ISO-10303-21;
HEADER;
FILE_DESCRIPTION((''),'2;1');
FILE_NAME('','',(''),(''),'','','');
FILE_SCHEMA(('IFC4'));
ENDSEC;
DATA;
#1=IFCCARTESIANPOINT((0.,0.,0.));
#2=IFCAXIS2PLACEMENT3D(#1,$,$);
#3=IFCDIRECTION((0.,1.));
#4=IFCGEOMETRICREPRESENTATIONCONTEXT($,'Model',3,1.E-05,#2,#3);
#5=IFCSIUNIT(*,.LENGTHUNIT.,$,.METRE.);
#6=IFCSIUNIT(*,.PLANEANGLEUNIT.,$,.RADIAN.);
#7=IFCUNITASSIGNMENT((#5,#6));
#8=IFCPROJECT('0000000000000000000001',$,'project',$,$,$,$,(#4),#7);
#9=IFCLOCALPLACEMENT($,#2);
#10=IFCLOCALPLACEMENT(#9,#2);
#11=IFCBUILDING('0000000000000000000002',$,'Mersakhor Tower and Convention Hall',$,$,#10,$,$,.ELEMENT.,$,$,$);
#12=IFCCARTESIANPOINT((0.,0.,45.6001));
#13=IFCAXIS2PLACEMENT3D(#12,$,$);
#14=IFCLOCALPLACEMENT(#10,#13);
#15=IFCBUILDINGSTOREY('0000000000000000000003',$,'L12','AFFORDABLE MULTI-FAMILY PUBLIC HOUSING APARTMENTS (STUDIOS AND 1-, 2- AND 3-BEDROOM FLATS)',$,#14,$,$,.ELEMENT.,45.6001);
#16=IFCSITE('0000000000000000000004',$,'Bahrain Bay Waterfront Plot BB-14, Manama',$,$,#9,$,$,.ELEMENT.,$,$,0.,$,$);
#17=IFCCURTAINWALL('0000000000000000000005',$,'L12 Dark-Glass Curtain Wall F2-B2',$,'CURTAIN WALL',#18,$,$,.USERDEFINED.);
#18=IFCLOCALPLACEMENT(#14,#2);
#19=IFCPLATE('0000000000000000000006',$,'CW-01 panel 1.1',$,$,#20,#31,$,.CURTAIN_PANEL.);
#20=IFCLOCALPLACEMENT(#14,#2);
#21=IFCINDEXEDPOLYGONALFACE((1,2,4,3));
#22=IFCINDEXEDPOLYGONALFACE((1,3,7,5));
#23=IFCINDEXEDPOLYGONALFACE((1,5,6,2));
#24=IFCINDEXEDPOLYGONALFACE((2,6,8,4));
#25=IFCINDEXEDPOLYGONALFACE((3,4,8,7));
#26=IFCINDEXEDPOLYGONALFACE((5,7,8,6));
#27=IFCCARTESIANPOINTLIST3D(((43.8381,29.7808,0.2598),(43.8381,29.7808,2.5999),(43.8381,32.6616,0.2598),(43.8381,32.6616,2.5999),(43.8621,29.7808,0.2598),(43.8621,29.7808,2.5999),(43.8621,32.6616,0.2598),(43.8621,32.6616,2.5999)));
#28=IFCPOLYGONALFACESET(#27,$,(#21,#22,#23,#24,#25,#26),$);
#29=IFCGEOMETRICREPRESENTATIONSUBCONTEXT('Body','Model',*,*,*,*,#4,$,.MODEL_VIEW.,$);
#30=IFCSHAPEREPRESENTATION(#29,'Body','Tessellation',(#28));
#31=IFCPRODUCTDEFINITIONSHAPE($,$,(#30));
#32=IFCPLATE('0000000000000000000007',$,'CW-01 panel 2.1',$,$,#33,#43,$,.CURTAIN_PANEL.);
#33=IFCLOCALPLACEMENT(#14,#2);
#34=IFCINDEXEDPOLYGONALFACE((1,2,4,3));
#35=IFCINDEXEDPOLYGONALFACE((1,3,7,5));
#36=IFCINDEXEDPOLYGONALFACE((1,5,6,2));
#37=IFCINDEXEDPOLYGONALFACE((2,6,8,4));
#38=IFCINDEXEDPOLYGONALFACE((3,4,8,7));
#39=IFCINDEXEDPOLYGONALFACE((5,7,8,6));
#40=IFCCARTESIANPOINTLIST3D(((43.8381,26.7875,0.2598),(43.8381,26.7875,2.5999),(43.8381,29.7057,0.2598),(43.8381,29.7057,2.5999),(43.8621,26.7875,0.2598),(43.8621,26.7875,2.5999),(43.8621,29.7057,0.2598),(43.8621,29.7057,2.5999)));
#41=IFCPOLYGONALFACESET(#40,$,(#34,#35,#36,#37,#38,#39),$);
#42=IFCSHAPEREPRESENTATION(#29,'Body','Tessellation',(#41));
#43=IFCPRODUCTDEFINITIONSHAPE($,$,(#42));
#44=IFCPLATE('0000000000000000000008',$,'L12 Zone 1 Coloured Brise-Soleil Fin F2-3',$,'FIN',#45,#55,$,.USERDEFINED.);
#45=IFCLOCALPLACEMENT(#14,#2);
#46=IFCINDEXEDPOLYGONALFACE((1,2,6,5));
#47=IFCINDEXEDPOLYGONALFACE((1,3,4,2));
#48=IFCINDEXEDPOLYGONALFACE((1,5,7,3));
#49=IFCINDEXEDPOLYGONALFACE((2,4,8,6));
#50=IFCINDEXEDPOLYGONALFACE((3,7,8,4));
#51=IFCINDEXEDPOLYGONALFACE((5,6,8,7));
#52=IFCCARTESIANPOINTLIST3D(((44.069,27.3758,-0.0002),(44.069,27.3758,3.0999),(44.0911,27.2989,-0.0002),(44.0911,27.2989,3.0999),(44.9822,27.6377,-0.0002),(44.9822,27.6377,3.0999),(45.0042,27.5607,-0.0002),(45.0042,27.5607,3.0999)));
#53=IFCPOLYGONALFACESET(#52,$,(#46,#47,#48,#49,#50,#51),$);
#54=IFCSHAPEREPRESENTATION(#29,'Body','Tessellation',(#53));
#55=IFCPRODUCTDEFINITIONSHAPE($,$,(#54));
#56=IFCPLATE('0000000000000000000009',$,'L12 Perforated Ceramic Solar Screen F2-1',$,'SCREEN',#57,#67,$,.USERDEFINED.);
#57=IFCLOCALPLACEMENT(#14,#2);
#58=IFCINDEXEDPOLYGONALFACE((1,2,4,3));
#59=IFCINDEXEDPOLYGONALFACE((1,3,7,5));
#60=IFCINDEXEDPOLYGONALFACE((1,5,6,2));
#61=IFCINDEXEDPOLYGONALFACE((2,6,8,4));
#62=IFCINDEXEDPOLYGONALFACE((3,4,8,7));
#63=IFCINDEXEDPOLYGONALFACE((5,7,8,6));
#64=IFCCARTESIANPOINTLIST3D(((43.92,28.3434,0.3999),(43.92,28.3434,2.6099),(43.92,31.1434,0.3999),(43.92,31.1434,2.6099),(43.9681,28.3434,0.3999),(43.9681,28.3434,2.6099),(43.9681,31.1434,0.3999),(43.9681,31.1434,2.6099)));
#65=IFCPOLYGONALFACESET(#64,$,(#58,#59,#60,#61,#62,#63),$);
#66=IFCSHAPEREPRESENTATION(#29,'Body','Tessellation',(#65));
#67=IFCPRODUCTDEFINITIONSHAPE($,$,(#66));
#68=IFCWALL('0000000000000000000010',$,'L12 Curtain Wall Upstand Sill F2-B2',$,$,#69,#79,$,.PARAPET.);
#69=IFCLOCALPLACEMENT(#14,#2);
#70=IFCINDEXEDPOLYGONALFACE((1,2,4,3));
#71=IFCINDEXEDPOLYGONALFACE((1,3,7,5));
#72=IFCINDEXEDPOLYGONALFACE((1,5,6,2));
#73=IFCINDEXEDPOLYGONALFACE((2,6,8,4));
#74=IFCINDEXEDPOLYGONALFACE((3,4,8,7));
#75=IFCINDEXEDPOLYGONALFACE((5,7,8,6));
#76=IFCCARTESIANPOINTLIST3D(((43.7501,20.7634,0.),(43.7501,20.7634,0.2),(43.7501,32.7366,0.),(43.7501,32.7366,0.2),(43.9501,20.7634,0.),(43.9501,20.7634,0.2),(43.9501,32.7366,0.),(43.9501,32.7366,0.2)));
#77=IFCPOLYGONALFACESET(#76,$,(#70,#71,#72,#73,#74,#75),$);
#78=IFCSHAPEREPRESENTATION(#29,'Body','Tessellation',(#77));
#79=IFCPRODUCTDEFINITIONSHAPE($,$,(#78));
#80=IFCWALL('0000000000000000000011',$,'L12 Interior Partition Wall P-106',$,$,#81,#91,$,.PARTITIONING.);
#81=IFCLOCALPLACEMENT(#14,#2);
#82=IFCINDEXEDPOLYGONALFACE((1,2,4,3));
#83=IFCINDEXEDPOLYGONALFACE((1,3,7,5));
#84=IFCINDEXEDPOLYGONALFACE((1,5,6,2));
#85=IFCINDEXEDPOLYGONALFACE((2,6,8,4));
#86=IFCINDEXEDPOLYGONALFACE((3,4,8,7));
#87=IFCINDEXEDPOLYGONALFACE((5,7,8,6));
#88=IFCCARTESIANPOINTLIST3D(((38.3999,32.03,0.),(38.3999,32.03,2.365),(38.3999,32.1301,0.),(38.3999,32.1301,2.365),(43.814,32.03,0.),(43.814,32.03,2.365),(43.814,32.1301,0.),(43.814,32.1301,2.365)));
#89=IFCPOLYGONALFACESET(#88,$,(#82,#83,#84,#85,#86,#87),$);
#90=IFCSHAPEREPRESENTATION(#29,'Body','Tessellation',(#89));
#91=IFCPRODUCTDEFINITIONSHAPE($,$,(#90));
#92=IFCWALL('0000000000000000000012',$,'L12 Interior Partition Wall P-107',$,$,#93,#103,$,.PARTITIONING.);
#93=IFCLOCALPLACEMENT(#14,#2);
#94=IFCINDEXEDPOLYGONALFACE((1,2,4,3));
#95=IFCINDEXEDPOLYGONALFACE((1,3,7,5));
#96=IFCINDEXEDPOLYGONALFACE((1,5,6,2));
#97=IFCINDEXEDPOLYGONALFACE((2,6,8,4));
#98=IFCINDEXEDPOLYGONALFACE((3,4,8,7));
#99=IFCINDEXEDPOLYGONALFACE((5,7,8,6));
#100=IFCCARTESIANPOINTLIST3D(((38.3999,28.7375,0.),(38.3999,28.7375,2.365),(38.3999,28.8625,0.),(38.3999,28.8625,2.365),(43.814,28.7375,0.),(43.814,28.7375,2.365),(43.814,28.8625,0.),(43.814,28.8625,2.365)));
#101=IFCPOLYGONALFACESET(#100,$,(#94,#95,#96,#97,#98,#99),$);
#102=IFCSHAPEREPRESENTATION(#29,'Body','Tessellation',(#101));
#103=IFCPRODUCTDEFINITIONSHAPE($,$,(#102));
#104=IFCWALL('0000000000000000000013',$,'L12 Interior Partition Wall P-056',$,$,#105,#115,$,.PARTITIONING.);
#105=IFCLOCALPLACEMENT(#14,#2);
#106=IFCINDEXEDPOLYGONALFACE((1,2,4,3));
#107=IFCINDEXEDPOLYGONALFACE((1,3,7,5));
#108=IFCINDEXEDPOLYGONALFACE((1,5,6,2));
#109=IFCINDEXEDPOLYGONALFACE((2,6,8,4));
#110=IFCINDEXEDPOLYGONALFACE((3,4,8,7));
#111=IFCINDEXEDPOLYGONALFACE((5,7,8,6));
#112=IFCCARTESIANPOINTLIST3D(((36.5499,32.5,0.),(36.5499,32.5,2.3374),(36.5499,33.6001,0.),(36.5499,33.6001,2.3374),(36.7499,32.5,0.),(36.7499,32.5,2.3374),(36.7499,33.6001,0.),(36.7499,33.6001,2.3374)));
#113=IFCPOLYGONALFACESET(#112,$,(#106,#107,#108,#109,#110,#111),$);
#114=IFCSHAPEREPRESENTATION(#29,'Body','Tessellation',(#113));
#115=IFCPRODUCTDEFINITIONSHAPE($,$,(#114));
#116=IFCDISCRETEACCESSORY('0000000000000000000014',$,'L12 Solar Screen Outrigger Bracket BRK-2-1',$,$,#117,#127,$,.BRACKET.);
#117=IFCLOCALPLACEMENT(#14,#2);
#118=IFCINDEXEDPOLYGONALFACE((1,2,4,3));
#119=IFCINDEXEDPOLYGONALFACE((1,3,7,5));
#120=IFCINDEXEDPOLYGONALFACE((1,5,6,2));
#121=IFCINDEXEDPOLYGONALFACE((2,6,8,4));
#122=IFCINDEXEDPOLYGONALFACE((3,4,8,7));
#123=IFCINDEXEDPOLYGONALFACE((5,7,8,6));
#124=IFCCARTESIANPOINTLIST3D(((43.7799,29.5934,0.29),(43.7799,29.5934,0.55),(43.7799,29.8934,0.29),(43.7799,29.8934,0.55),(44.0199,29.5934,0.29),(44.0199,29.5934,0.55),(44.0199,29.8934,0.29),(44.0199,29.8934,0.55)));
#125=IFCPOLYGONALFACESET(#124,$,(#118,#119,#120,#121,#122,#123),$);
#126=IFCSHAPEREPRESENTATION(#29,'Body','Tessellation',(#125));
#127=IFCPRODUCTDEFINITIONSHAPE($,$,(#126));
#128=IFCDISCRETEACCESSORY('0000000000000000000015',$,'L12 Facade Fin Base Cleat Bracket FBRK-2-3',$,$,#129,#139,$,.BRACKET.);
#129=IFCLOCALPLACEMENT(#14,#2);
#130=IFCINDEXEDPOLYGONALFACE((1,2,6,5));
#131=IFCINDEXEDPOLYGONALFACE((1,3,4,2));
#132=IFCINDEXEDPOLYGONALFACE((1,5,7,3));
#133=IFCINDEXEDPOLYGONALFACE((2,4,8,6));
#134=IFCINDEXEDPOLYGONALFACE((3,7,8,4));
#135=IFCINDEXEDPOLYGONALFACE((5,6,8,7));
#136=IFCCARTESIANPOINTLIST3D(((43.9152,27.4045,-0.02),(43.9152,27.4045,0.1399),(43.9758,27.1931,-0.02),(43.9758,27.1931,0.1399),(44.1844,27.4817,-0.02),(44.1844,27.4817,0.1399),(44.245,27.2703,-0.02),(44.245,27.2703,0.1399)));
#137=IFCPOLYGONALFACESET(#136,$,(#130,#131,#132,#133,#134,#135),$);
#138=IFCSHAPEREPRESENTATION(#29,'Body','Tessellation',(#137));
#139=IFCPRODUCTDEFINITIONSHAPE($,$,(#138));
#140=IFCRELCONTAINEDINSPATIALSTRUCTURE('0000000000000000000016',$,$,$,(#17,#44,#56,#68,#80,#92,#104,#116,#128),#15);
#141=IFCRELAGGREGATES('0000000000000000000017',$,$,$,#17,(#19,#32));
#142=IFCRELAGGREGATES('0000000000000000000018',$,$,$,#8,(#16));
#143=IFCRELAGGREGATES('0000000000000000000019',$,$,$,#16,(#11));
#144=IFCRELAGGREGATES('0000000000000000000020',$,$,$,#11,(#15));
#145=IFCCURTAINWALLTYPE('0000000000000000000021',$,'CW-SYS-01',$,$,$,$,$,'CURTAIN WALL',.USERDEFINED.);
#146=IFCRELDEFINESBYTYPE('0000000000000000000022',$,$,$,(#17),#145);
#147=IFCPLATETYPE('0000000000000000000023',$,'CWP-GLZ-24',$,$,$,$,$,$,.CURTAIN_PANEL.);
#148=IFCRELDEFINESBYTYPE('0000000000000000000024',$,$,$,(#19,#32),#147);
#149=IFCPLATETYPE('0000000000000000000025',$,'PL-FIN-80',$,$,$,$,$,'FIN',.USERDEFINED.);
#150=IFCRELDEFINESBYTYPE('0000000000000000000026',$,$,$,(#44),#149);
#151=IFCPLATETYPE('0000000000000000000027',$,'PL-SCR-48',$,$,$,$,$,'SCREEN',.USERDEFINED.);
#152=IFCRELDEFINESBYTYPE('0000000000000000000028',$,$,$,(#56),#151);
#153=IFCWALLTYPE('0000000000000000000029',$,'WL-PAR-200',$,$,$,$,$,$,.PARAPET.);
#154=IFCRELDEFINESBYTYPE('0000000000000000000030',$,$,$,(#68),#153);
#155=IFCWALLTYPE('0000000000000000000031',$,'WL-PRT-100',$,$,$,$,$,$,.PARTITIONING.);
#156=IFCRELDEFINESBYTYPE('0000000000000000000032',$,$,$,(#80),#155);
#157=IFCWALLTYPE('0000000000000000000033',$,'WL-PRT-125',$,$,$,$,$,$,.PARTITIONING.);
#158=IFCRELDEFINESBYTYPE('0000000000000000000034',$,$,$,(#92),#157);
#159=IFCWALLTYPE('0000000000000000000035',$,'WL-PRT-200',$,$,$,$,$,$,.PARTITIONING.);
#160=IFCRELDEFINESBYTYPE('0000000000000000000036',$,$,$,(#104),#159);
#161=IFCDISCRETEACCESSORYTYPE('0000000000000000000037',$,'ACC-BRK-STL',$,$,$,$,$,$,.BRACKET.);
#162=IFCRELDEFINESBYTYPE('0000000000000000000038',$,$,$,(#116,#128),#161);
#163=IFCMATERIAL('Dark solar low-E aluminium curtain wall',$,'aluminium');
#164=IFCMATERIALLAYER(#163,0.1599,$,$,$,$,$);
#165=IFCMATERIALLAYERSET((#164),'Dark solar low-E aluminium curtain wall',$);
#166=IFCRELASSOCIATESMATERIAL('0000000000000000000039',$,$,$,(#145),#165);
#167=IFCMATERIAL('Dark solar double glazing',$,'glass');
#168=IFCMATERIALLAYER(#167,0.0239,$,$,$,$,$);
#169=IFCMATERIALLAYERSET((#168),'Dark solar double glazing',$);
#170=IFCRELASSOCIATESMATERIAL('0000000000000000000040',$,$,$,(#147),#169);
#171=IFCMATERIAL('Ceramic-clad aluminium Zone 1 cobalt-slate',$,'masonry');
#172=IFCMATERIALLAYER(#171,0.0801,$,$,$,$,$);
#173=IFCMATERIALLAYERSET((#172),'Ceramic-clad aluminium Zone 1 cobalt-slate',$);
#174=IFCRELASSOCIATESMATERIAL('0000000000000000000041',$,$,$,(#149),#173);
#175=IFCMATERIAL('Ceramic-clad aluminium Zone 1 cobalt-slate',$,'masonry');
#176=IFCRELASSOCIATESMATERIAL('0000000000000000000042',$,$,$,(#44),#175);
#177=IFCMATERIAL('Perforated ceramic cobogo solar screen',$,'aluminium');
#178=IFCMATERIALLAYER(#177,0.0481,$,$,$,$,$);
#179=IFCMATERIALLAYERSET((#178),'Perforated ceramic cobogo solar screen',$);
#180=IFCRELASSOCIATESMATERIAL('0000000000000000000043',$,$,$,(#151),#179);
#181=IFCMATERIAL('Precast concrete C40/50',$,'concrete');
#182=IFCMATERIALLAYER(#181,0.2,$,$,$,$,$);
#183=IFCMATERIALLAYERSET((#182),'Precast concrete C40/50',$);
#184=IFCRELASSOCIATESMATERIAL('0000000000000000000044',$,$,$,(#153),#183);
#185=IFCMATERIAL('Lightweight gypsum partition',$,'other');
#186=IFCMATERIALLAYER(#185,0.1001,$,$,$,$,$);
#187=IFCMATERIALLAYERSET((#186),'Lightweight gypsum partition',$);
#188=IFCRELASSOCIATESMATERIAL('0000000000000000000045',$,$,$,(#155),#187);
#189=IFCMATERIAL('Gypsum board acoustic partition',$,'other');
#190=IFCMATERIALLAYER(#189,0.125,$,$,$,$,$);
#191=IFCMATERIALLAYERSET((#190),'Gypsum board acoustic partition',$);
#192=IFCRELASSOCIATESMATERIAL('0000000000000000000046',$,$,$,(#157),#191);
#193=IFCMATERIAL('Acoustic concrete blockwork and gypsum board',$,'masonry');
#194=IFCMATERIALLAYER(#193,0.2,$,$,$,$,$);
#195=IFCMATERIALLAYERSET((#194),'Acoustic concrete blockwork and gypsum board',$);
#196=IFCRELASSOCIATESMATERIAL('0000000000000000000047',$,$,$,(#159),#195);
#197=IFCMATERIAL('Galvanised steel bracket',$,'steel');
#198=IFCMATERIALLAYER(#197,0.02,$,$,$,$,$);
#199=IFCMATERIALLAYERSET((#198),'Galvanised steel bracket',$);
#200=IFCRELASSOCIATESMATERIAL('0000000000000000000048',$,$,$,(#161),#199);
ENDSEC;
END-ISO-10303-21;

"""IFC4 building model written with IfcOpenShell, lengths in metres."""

from ifc_helpers import new_model, si_unit, direction, frame, frame_2d, origin, origin_2d, place, context, subcontext, project, spatial, rectangle, extrude, material, layer, layer_set, type_object, element, aggregate, save


model = new_model("IFC4")

# Units and contexts
model_context = context("Model", 3, precision=1e-05, world=origin(), true_north=direction((0.0, 1.0)))
body_context = subcontext(model_context, "Body", "Model", "MODEL_VIEW")
ifc_project = project(units=[si_unit("LENGTHUNIT", "METRE"), si_unit("PLANEANGLEUNIT", "RADIAN")], contexts=[model_context])

# Site, building, storey
site_placement = place(None, origin())
site = spatial("IfcSite", under=ifc_project, at=site_placement, Name="Bahrain Bay Waterfront Plot BB-14, Manama", CompositionType="ELEMENT", RefElevation=0.0)
building_placement = place(site_placement, origin())
building = spatial("IfcBuilding", under=site, at=building_placement, Name="Mersakhor Tower and Convention Hall", CompositionType="ELEMENT")
storey_placement = place(building_placement, frame((0.0, 0.0, 45.6001)))
storey = spatial("IfcBuildingStorey", under=building, at=storey_placement, Name="L12", Description="AFFORDABLE MULTI-FAMILY PUBLIC HOUSING APARTMENTS (STUDIOS AND 1-, 2- AND 3-BEDROOM FLATS)", CompositionType="ELEMENT", Elevation=45.6001)

# Curtain wall, plates
ifc_material_1 = material(Name="Dark solar low-E aluminium curtain wall", Category="aluminium")
ifc_layer_1 = layer(ifc_material_1, 0.1599)
ifc_layer_set_1 = layer_set([ifc_layer_1], Name="Dark solar low-E aluminium curtain wall")
curtain_wall_type = type_object("IfcCurtainWallType", Name="CW-SYS-01", ElementType="CURTAIN WALL", PredefinedType="USERDEFINED", material=ifc_layer_set_1)
curtain_wall_placement = place(storey_placement, origin())
curtain_wall = element("IfcCurtainWall", 1, at=curtain_wall_placement, inside=storey, type_object=curtain_wall_type, Name="L12 Dark-Glass Curtain Wall F2-B2", ObjectType="CURTAIN WALL", PredefinedType="USERDEFINED")
ifc_material_2 = material(Name="Dark solar double glazing", Category="glass")
ifc_layer_2 = layer(ifc_material_2, 0.0239)
ifc_layer_set_2 = layer_set([ifc_layer_2], Name="Dark solar double glazing")
plate_type_1 = type_object("IfcPlateType", Name="CWP-GLZ-24", PredefinedType="CURTAIN_PANEL", material=ifc_layer_set_2)
plate_1_placement = place(storey_placement, frame((43.8501, 31.2212, 0.2598), z_axis=(0.0, 0.0, 1.0), x_axis=(0.0, -1.0, 0.0)))
plate_1 = element("IfcPlate", 2, at=plate_1_placement, type_object=plate_type_1, Name="CW-01 panel 1.1", PredefinedType="CURTAIN_PANEL", context=body_context, shape_type="SweptSolid", body=[
    extrude(rectangle(XDim=2.8809, YDim=0.0239, at=origin_2d()), origin(), (0.0, 0.0, 1.0), 2.3401),
])
plate_2_placement = place(storey_placement, frame((43.8501, 28.2466, 0.2598), z_axis=(0.0, 0.0, 1.0), x_axis=(0.0, -1.0, 0.0)))
plate_2 = element("IfcPlate", 3, at=plate_2_placement, type_object=plate_type_1, Name="CW-01 panel 2.1", PredefinedType="CURTAIN_PANEL", context=body_context, shape_type="SweptSolid", body=[
    extrude(rectangle(XDim=2.9182, YDim=0.0239, at=origin_2d()), origin(), (0.0, 0.0, 1.0), 2.3401),
])
aggregate(curtain_wall, [plate_1, plate_2])

# Plates
ifc_material_3 = material(Name="Ceramic-clad aluminium Zone 1 cobalt-slate", Category="masonry")
ifc_material_4 = material(Name="Ceramic-clad aluminium Zone 1 cobalt-slate", Category="masonry")
ifc_layer_3 = layer(ifc_material_4, 0.0801)
ifc_layer_set_3 = layer_set([ifc_layer_3], Name="Ceramic-clad aluminium Zone 1 cobalt-slate")
plate_type_2 = type_object("IfcPlateType", Name="PL-FIN-80", ElementType="FIN", PredefinedType="USERDEFINED", material=ifc_layer_set_3)
plate_3_placement = place(storey_placement, frame((44.5366, 27.4683, -0.0002), z_axis=(0.0, 0.0, 1.0), x_axis=(0.961262, 0.275637, 0.0)))
element("IfcPlate", 4, at=plate_3_placement, inside=storey, type_object=plate_type_2, material=ifc_material_3, Name="L12 Zone 1 Coloured Brise-Soleil Fin F2-3", ObjectType="FIN", PredefinedType="USERDEFINED", context=body_context, shape_type="SweptSolid", body=[
    extrude(rectangle(XDim=0.95, YDim=0.0801, at=origin_2d()), origin(), (0.0, 0.0, 1.0), 3.1001),
])
ifc_material_5 = material(Name="Perforated ceramic cobogo solar screen", Category="aluminium")
ifc_layer_4 = layer(ifc_material_5, 0.0481)
ifc_layer_set_4 = layer_set([ifc_layer_4], Name="Perforated ceramic cobogo solar screen")
plate_type_3 = type_object("IfcPlateType", Name="PL-SCR-48", ElementType="SCREEN", PredefinedType="USERDEFINED", material=ifc_layer_set_4)
plate_4_placement = place(storey_placement, frame((43.9441, 29.7434, 0.3999), z_axis=(0.0, 0.0, 1.0), x_axis=(0.0, -1.0, 0.0)))
element("IfcPlate", 5, at=plate_4_placement, inside=storey, type_object=plate_type_3, Name="L12 Perforated Ceramic Solar Screen F2-1", ObjectType="SCREEN", PredefinedType="USERDEFINED", context=body_context, shape_type="SweptSolid", body=[
    extrude(rectangle(XDim=2.8, YDim=0.0481, at=origin_2d()), origin(), (0.0, 0.0, 1.0), 2.21),
])

# Walls
ifc_material_6 = material(Name="Precast concrete C40/50", Category="concrete")
ifc_layer_5 = layer(ifc_material_6, 0.2)
ifc_layer_set_5 = layer_set([ifc_layer_5], Name="Precast concrete C40/50")
wall_type_1 = type_object("IfcWallType", Name="WL-PAR-200", PredefinedType="PARAPET", material=ifc_layer_set_5)
wall_1_placement = place(storey_placement, frame((43.8501, 32.7366, 0.0), z_axis=(0.0, 0.0, 1.0), x_axis=(0.0, -1.0, 0.0)))
element("IfcWall", 6, at=wall_1_placement, inside=storey, type_object=wall_type_1, Name="L12 Curtain Wall Upstand Sill F2-B2", PredefinedType="PARAPET", context=body_context, shape_type="SweptSolid", body=[
    extrude(rectangle(XDim=11.9731, YDim=0.2, at=frame_2d((5.9866, 0.0))), origin(), (0.0, 0.0, 1.0), 0.2),
])
ifc_material_7 = material(Name="Lightweight gypsum partition", Category="other")
ifc_layer_6 = layer(ifc_material_7, 0.1001)
ifc_layer_set_6 = layer_set([ifc_layer_6], Name="Lightweight gypsum partition")
wall_type_2 = type_object("IfcWallType", Name="WL-PRT-100", PredefinedType="PARTITIONING", material=ifc_layer_set_6)
wall_2_placement = place(storey_placement, frame((38.3999, 32.0801, 0.0), z_axis=(0.0, 0.0, 1.0), x_axis=(1.0, 0.0, 0.0)))
element("IfcWall", 7, at=wall_2_placement, inside=storey, type_object=wall_type_2, Name="L12 Interior Partition Wall P-106", PredefinedType="PARTITIONING", context=body_context, shape_type="SweptSolid", body=[
    extrude(rectangle(XDim=5.4141, YDim=0.1001, at=frame_2d((2.707, 0.0))), origin(), (0.0, 0.0, 1.0), 2.365),
])
ifc_material_8 = material(Name="Gypsum board acoustic partition", Category="other")
ifc_layer_7 = layer(ifc_material_8, 0.125)
ifc_layer_set_7 = layer_set([ifc_layer_7], Name="Gypsum board acoustic partition")
wall_type_3 = type_object("IfcWallType", Name="WL-PRT-125", PredefinedType="PARTITIONING", material=ifc_layer_set_7)
wall_3_placement = place(storey_placement, frame((43.814, 28.8, 0.0), z_axis=(0.0, 0.0, 1.0), x_axis=(-1.0, 0.0, 0.0)))
element("IfcWall", 8, at=wall_3_placement, inside=storey, type_object=wall_type_3, Name="L12 Interior Partition Wall P-107", PredefinedType="PARTITIONING", context=body_context, shape_type="SweptSolid", body=[
    extrude(rectangle(XDim=5.4141, YDim=0.125, at=frame_2d((2.707, 0.0))), origin(), (0.0, 0.0, 1.0), 2.365),
])
ifc_material_9 = material(Name="Acoustic concrete blockwork and gypsum board", Category="masonry")
ifc_layer_8 = layer(ifc_material_9, 0.2)
ifc_layer_set_8 = layer_set([ifc_layer_8], Name="Acoustic concrete blockwork and gypsum board")
wall_type_4 = type_object("IfcWallType", Name="WL-PRT-200", PredefinedType="PARTITIONING", material=ifc_layer_set_8)
wall_4_placement = place(storey_placement, frame((36.6499, 32.5, 0.0), z_axis=(0.0, 0.0, 1.0), x_axis=(0.0, 1.0, 0.0)))
element("IfcWall", 9, at=wall_4_placement, inside=storey, type_object=wall_type_4, Name="L12 Interior Partition Wall P-056", PredefinedType="PARTITIONING", context=body_context, shape_type="SweptSolid", body=[
    extrude(rectangle(XDim=1.1001, YDim=0.2, at=frame_2d((0.55, 0.0))), origin(), (0.0, 0.0, 1.0), 2.3374),
])

# Discrete accessories
ifc_material_10 = material(Name="Galvanised steel bracket", Category="steel")
ifc_layer_9 = layer(ifc_material_10, 0.02)
ifc_layer_set_9 = layer_set([ifc_layer_9], Name="Galvanised steel bracket")
discrete_accessory_type = type_object("IfcDiscreteAccessoryType", Name="ACC-BRK-STL", PredefinedType="BRACKET", material=ifc_layer_set_9)
discrete_accessory_1_placement = place(storey_placement, frame((43.8999, 29.7434, 0.29), z_axis=(0.0, 0.0, 1.0), x_axis=(0.0, -1.0, 0.0)))
element("IfcDiscreteAccessory", 10, at=discrete_accessory_1_placement, inside=storey, type_object=discrete_accessory_type, Name="L12 Solar Screen Outrigger Bracket BRK-2-1", PredefinedType="BRACKET", context=body_context, shape_type="SweptSolid", body=[
    extrude(rectangle(XDim=0.3, YDim=0.24, at=origin_2d()), origin(), (0.0, 0.0, 1.0), 0.26),
])
discrete_accessory_2_placement = place(storey_placement, frame((44.0801, 27.3374, -0.02), z_axis=(0.0, 0.0, 1.0), x_axis=(0.961262, 0.275637, 0.0)))
element("IfcDiscreteAccessory", 11, at=discrete_accessory_2_placement, inside=storey, type_object=discrete_accessory_type, Name="L12 Facade Fin Base Cleat Bracket FBRK-2-3", PredefinedType="BRACKET", context=body_context, shape_type="SweptSolid", body=[
    extrude(rectangle(XDim=0.28, YDim=0.22, at=origin_2d()), origin(), (0.0, 0.0, 1.0), 0.1599),
])

save(model, "model.ifc")
